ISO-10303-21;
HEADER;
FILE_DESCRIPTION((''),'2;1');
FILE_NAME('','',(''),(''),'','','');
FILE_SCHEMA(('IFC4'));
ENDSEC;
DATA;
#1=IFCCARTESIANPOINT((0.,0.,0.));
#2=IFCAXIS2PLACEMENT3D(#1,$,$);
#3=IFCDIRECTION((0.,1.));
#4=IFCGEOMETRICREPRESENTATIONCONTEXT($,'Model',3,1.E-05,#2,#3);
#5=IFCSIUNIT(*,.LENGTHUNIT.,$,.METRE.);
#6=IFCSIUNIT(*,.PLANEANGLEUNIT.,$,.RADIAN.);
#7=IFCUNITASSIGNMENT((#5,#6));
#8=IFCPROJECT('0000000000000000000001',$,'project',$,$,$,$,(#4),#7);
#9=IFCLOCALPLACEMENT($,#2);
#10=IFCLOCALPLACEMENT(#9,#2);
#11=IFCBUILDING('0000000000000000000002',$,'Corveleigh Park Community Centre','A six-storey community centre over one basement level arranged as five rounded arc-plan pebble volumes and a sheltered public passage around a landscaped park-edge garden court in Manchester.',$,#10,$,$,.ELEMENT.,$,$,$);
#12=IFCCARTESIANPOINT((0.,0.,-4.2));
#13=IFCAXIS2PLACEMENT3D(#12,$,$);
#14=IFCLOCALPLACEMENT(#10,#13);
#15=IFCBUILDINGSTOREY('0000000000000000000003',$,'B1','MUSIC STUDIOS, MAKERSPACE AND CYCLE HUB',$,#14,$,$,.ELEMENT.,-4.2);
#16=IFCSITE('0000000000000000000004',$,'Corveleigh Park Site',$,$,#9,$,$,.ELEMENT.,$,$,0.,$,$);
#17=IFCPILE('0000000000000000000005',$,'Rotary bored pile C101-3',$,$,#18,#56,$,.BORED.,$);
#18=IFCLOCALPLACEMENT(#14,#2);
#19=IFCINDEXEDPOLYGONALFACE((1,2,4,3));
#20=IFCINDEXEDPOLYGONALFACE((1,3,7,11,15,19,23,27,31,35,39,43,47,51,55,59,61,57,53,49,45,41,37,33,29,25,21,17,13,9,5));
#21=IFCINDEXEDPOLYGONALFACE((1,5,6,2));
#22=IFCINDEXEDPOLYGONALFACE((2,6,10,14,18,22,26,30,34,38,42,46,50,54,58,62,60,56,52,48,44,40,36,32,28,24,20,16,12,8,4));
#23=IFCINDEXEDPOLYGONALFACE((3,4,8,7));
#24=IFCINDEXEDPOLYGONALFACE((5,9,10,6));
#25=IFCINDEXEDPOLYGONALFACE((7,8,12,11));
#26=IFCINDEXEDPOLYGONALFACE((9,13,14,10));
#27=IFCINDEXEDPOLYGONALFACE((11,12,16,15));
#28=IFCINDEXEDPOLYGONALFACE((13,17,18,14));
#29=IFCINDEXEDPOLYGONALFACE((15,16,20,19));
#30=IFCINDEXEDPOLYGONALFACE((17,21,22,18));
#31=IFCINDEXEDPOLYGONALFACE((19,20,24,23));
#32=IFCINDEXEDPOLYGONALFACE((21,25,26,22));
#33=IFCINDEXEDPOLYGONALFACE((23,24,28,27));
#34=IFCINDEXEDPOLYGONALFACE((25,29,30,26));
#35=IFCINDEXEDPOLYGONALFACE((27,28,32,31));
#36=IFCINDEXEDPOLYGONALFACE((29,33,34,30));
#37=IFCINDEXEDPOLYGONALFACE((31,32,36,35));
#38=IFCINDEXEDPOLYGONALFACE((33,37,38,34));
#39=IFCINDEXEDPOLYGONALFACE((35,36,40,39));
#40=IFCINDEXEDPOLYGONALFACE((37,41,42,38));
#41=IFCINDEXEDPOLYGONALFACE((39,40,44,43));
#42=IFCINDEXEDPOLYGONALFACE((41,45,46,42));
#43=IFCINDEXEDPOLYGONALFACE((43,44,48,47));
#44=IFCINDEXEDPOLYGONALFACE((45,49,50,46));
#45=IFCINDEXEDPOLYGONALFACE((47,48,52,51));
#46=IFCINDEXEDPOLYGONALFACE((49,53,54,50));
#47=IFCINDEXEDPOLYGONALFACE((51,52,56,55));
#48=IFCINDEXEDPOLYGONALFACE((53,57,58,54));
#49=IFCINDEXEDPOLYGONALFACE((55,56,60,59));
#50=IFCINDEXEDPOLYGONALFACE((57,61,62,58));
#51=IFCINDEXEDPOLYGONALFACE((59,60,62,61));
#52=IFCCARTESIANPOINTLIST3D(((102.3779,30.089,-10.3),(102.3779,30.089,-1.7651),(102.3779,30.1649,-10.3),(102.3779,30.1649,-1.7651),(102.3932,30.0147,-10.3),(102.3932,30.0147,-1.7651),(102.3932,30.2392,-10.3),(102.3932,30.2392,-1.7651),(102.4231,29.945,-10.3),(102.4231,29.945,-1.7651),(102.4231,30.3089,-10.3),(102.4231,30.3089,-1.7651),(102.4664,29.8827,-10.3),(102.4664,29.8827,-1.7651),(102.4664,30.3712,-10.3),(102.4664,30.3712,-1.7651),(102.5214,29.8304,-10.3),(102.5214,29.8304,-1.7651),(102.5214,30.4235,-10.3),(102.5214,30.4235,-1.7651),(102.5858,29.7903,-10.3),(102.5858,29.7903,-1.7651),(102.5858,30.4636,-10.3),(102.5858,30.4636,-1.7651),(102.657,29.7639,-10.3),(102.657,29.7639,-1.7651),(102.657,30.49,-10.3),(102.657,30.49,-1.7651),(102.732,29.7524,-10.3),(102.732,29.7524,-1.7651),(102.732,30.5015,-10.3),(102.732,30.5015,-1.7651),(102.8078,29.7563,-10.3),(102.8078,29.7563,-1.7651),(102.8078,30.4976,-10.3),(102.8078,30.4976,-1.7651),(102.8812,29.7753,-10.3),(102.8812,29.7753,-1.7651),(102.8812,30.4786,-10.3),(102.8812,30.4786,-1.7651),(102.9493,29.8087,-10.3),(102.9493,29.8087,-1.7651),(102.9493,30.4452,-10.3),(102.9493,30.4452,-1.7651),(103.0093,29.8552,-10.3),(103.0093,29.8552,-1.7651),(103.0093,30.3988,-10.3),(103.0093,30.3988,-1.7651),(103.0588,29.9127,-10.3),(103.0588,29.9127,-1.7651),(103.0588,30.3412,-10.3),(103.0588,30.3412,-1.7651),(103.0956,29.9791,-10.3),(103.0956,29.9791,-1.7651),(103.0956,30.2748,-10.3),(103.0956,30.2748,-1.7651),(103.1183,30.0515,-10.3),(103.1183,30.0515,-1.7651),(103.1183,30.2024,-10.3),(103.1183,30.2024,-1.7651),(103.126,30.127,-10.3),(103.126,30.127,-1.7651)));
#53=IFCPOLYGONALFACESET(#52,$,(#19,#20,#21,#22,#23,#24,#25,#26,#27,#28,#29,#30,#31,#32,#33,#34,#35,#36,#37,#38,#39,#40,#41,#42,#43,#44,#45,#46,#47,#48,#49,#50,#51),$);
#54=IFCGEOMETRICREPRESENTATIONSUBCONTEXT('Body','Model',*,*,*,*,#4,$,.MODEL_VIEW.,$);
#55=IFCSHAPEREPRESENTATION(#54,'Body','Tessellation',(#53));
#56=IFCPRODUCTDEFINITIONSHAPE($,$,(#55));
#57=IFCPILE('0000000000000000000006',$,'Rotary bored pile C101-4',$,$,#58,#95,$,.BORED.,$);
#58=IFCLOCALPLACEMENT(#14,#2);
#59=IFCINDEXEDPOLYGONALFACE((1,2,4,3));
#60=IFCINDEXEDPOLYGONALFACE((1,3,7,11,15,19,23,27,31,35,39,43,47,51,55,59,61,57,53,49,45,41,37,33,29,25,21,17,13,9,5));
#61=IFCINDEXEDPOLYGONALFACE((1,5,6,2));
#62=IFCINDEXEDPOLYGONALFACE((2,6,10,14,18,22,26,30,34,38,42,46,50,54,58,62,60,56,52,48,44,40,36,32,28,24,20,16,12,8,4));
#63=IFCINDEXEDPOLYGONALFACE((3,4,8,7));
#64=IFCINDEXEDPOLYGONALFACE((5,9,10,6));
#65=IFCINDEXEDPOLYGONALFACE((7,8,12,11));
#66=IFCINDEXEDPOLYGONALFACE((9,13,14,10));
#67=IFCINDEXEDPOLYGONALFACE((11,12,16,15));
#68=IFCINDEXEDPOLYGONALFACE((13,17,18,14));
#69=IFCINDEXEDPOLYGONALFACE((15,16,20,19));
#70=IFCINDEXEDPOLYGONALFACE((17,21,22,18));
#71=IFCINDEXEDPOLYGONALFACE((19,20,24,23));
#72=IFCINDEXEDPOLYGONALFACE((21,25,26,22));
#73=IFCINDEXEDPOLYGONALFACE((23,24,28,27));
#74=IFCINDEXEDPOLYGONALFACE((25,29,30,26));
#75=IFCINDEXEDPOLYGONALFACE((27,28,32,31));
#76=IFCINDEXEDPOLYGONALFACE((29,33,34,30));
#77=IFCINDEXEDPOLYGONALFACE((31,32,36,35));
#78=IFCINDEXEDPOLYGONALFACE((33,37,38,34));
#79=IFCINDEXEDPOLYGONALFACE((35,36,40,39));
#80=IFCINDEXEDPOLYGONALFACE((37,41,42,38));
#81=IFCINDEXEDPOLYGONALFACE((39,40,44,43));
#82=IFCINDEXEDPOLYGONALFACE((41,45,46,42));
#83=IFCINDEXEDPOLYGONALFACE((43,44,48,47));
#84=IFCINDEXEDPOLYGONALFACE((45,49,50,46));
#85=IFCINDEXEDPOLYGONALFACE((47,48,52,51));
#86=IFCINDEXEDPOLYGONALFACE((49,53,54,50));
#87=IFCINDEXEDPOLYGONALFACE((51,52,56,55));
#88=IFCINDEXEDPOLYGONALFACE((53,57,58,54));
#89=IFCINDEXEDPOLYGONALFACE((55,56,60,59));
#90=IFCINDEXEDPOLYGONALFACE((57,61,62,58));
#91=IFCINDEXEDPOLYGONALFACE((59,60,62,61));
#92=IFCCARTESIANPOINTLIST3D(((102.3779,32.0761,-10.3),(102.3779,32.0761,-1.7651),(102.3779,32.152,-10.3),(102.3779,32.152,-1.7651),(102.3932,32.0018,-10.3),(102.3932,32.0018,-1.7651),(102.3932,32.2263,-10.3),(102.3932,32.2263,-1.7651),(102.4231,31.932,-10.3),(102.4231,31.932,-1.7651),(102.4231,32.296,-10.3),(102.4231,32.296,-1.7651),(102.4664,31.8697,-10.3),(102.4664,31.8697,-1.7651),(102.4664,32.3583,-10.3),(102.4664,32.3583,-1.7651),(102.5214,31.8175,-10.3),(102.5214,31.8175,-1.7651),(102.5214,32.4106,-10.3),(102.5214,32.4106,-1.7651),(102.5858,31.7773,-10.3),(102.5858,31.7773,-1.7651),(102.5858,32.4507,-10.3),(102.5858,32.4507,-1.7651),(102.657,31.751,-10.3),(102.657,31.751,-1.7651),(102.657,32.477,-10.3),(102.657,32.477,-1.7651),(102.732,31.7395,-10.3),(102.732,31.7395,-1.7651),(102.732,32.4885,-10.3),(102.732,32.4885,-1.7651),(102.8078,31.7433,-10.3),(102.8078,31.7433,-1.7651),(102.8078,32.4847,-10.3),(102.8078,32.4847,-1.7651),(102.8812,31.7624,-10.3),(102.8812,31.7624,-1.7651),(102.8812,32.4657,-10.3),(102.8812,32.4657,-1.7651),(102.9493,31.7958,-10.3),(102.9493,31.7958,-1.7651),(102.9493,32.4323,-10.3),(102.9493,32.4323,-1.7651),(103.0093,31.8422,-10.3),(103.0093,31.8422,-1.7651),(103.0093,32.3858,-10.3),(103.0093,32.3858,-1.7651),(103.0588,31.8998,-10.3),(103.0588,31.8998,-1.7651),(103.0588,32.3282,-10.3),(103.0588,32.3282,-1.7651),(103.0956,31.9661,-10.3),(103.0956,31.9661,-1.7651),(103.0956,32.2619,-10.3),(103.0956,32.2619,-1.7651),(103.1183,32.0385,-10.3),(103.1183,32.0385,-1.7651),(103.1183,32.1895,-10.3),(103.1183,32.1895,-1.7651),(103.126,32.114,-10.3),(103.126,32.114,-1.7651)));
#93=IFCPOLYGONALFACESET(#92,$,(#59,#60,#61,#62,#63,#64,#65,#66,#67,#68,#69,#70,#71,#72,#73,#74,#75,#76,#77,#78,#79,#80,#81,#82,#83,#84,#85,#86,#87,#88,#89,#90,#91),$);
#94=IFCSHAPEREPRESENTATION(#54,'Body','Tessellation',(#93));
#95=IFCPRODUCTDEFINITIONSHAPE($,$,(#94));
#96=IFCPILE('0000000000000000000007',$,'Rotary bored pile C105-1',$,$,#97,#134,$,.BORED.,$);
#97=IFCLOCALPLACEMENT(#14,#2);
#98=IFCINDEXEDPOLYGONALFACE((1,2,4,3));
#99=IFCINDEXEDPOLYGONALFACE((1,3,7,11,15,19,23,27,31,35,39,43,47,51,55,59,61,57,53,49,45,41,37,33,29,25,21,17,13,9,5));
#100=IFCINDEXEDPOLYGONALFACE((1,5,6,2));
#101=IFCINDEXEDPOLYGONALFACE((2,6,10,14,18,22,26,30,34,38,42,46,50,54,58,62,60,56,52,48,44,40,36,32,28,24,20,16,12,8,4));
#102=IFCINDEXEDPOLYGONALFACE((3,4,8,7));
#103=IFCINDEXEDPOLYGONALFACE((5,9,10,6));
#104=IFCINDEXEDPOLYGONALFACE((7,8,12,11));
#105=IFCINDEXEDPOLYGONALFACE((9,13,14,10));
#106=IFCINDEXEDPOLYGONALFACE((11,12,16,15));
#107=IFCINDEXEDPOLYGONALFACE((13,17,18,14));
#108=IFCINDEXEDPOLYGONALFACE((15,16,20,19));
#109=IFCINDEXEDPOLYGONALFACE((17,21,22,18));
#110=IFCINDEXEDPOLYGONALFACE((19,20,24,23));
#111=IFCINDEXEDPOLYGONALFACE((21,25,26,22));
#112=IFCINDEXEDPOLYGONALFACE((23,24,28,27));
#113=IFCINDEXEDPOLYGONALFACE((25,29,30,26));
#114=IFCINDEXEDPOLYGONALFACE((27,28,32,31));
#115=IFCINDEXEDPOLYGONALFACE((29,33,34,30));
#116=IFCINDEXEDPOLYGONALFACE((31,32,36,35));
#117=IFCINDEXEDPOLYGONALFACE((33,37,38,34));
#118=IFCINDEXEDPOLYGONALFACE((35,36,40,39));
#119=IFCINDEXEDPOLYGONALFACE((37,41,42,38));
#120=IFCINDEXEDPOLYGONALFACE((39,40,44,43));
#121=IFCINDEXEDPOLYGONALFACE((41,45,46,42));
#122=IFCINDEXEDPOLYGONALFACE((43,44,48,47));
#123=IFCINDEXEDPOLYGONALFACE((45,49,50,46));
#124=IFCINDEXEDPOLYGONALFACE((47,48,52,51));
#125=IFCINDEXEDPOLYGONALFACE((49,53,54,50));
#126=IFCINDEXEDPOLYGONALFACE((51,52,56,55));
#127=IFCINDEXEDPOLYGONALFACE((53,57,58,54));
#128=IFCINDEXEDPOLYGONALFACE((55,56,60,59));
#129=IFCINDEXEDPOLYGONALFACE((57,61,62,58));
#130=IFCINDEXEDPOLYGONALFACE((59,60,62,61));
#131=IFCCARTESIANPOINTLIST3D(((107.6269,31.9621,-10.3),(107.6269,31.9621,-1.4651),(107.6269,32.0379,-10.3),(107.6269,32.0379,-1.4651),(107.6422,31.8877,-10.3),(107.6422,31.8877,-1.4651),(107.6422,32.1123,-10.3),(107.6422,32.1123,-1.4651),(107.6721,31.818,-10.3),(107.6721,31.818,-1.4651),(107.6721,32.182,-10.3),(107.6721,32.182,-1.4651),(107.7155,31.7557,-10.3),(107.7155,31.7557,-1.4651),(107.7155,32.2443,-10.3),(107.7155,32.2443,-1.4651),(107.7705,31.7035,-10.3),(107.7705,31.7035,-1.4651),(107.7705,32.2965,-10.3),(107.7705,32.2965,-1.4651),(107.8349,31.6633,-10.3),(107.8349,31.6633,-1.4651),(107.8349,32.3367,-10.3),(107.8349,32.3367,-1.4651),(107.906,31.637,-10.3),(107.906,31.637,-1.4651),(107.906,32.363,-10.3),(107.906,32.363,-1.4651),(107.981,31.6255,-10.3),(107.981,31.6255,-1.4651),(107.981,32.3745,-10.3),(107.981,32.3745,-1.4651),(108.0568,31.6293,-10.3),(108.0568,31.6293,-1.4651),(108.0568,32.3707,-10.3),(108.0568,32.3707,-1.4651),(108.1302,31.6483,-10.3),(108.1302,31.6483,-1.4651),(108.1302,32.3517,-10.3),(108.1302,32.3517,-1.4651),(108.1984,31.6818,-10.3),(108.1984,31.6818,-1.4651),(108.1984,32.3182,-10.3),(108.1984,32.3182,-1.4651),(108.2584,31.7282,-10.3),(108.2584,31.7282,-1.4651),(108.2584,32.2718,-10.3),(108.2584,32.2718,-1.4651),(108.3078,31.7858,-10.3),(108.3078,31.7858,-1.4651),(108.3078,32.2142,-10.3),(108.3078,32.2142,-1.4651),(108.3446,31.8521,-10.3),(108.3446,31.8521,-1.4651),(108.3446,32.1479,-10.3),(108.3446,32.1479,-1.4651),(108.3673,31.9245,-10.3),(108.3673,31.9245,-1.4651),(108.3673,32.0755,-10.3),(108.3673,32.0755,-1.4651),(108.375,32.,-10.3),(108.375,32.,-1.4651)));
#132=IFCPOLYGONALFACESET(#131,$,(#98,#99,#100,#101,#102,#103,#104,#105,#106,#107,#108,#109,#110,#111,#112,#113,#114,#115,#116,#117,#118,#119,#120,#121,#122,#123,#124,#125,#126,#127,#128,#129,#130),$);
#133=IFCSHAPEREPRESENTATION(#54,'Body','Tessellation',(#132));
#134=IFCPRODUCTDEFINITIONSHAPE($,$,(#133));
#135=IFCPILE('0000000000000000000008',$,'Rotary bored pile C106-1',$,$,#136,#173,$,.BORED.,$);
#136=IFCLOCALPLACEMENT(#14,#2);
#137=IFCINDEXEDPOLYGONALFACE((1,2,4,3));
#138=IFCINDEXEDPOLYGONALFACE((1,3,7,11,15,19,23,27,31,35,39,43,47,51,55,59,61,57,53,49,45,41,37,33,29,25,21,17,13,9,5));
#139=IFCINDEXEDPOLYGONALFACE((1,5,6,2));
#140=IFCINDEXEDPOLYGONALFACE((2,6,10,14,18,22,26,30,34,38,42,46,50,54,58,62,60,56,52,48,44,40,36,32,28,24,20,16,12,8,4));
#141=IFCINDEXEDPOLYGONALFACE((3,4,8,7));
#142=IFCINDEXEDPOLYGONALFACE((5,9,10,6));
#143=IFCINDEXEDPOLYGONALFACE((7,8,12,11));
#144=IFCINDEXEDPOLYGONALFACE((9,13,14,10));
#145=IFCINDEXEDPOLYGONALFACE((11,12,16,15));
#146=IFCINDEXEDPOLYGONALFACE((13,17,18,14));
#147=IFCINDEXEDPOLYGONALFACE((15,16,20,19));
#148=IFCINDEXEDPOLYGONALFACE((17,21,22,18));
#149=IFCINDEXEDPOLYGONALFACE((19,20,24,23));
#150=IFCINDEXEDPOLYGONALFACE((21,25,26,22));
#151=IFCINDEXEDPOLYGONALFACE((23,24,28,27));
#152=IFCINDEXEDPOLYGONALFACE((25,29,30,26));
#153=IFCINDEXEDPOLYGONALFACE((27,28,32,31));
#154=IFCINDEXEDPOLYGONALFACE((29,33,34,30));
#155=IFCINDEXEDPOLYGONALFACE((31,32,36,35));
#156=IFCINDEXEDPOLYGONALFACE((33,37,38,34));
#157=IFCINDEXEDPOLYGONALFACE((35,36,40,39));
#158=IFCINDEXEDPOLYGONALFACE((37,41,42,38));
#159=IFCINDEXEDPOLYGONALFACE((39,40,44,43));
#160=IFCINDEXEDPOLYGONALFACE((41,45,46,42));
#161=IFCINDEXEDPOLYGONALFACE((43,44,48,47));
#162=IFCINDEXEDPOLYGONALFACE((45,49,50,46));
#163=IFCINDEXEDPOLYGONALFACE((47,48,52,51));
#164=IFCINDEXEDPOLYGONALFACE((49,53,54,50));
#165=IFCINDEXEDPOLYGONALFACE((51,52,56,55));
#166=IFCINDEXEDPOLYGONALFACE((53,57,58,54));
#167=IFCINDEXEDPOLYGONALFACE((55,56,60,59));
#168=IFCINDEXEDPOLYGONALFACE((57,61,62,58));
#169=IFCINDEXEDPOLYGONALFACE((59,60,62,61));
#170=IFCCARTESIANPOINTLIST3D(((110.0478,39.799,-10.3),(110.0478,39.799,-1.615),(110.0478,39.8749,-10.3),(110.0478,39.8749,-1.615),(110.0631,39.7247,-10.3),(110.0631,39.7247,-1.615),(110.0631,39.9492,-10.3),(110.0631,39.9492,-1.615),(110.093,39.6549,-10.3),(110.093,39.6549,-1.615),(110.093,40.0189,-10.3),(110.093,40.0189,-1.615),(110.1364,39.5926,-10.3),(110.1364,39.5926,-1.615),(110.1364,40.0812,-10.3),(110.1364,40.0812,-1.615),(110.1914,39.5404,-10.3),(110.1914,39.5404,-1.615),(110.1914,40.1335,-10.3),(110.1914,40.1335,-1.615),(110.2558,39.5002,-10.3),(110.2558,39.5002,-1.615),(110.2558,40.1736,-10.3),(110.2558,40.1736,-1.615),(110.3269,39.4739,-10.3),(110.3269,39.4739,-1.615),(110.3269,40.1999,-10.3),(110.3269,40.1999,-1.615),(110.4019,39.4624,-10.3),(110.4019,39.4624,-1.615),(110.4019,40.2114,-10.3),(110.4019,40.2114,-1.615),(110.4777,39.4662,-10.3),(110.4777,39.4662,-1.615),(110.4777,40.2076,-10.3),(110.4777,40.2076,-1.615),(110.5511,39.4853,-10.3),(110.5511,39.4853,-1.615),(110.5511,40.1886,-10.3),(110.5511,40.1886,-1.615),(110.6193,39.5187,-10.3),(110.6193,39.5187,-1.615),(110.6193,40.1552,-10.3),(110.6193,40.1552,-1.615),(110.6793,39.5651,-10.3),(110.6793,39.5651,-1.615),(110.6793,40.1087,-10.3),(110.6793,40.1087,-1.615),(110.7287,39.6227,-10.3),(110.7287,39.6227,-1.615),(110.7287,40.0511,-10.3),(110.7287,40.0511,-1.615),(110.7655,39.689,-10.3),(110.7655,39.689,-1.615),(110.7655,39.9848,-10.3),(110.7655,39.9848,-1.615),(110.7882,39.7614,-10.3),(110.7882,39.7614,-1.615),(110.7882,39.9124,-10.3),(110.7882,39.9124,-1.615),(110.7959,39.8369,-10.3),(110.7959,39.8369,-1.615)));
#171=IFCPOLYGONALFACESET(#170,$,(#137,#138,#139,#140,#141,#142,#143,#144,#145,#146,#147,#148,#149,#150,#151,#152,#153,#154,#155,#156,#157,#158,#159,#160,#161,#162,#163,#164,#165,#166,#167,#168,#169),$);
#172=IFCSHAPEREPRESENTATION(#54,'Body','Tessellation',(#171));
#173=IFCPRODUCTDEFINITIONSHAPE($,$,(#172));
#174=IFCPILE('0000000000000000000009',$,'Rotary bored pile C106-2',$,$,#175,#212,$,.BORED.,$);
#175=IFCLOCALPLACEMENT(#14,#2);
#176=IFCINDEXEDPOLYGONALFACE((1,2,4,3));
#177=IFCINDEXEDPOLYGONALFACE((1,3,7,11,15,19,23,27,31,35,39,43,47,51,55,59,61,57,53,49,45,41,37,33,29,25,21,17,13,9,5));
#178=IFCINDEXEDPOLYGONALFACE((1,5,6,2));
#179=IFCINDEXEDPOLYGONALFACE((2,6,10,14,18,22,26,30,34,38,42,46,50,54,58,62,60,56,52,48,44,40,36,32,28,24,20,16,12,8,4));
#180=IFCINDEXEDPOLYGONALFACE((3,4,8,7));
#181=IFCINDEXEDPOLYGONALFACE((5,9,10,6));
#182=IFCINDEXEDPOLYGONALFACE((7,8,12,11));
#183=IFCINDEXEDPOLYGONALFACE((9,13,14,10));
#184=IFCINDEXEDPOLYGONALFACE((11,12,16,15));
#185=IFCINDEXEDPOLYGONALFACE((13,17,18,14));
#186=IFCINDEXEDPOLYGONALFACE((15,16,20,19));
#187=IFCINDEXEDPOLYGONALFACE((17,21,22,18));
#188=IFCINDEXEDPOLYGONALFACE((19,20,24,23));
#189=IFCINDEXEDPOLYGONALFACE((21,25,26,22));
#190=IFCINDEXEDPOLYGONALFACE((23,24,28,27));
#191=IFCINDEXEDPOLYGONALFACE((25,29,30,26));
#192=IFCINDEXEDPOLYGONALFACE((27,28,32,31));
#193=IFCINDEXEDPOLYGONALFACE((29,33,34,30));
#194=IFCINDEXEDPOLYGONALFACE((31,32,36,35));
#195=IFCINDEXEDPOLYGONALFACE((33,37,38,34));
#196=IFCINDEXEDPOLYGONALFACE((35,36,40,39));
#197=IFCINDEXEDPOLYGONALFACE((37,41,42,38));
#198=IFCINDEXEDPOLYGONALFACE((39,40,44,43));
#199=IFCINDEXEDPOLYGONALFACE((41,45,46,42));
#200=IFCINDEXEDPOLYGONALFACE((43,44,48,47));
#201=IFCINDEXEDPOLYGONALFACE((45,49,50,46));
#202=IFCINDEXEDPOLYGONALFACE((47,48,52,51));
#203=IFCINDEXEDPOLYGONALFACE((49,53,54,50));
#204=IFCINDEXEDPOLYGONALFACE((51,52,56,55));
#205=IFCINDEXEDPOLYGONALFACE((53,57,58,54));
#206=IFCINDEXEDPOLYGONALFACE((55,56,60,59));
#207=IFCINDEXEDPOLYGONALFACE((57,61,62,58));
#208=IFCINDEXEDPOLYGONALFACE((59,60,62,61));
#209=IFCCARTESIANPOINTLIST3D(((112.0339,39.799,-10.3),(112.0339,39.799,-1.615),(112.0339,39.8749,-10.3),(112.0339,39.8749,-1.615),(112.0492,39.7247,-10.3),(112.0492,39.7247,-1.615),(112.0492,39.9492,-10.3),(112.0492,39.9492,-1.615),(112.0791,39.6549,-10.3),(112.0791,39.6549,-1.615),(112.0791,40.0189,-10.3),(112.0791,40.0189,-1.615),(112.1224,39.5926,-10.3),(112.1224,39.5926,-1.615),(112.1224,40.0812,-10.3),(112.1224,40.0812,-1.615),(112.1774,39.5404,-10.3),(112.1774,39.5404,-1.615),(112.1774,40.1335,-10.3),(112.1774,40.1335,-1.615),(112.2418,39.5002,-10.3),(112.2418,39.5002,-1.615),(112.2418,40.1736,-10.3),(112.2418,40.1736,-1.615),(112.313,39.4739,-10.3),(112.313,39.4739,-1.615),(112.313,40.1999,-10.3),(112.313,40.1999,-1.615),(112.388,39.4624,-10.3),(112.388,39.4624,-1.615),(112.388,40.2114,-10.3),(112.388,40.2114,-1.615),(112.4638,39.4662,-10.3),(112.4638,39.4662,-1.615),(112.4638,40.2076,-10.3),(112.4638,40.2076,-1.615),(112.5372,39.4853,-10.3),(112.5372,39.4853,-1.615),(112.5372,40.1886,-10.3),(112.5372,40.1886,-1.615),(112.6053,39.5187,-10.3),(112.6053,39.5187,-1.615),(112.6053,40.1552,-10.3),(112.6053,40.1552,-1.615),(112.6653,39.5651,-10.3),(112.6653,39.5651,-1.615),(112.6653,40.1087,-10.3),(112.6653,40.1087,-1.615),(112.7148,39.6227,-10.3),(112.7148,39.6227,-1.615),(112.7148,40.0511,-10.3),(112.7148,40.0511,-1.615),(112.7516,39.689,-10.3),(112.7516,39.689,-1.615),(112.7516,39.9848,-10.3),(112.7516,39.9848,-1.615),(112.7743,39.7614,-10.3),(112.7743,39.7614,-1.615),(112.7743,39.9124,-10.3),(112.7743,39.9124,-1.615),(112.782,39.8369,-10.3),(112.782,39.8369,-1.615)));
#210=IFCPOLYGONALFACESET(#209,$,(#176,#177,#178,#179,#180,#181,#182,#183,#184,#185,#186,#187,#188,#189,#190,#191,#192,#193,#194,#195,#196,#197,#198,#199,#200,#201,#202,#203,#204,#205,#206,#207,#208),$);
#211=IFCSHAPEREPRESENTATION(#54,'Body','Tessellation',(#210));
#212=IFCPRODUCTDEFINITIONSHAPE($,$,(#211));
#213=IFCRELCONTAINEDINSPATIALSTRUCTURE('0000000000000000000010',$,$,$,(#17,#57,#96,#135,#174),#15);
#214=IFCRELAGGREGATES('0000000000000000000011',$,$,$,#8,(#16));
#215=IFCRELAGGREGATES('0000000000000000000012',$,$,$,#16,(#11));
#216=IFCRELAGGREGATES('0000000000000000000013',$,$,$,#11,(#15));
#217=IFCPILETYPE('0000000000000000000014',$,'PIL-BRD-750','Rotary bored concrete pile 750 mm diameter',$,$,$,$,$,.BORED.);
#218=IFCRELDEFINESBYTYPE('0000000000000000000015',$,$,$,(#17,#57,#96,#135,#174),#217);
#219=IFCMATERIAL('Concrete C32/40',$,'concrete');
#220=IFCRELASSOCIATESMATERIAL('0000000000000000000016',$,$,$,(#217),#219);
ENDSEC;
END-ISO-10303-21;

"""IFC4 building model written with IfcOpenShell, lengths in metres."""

from ifc_helpers import new_model, si_unit, direction, frame, origin, origin_2d, place, context, subcontext, project, spatial, circle, extrude, material, material_profile, profile_set, type_object, element, save


model = new_model("IFC4")

# Units and contexts
model_context = context("Model", 3, precision=1e-05, world=origin(), true_north=direction((0.0, 1.0)))
body_context = subcontext(model_context, "Body", "Model", "MODEL_VIEW")
ifc_project = project(units=[si_unit("LENGTHUNIT", "METRE"), si_unit("PLANEANGLEUNIT", "RADIAN")], contexts=[model_context])

# Site, building, storey
site_placement = place(None, origin())
site = spatial("IfcSite", under=ifc_project, at=site_placement, Name="Corveleigh Park Site", CompositionType="ELEMENT", RefElevation=0.0)
building_placement = place(site_placement, origin())
building = spatial("IfcBuilding", under=site, at=building_placement, Name="Corveleigh Park Community Centre", Description="A six-storey community centre over one basement level arranged as five rounded arc-plan pebble volumes and a sheltered public passage around a landscaped park-edge garden court in Manchester.", CompositionType="ELEMENT")
storey_placement = place(building_placement, frame((0.0, 0.0, -4.2)))
storey = spatial("IfcBuildingStorey", under=building, at=storey_placement, Name="B1", Description="MUSIC STUDIOS, MAKERSPACE AND CYCLE HUB", CompositionType="ELEMENT", Elevation=-4.2)

# Piles
ifc_material_1 = material(Name="Concrete C32/40", Category="concrete")
ifc_material_profile_1 = material_profile(ifc_material_1, circle(Radius=0.375, at=origin_2d()), Name="BORED-PILE-750", Category="concrete")
ifc_profile_set_1 = profile_set([ifc_material_profile_1], Name="Concrete C32/40")
pile_type = type_object("IfcPileType", Name="PIL-BRD-750", Description="Rotary bored concrete pile 750 mm diameter", PredefinedType="BORED", material=ifc_profile_set_1)
for number, where, z_axis, x_axis, name in (
    (1, (102.751, 30.127, -1.7651), (0.0, 0.0, -1.0), (1.0, 0.0, 0.0), "Rotary bored pile C101-3"),
    (2, (102.751, 32.114, -1.7651), (0.0, 0.0, -1.0), (1.0, 0.0, 0.0), "Rotary bored pile C101-4"),
):
    element("IfcPile", number, at=place(storey_placement, frame(where, z_axis=z_axis, x_axis=x_axis)), inside=storey, type_object=pile_type, Name=name, PredefinedType="BORED", context=body_context, shape_type="SweptSolid", body=[
        extrude(circle(Radius=0.375, at=origin_2d()), origin(), (0.0, 0.0, 1.0), 8.5349),
    ])
pile_1_placement = place(storey_placement, frame((108.0, 32.0, -1.4651), z_axis=(0.0, 0.0, -1.0), x_axis=(1.0, 0.0, 0.0)))
element("IfcPile", 3, at=pile_1_placement, inside=storey, type_object=pile_type, Name="Rotary bored pile C105-1", PredefinedType="BORED", context=body_context, shape_type="SweptSolid", body=[
    extrude(circle(Radius=0.375, at=origin_2d()), origin(), (0.0, 0.0, 1.0), 8.835),
])
for number, where, z_axis, x_axis, name in (
    (4, (110.4209, 39.8369, -1.615), (0.0, 0.0, -1.0), (1.0, 0.0, 0.0), "Rotary bored pile C106-1"),
    (5, (112.407, 39.8369, -1.615), (0.0, 0.0, -1.0), (1.0, 0.0, 0.0), "Rotary bored pile C106-2"),
):
    element("IfcPile", number, at=place(storey_placement, frame(where, z_axis=z_axis, x_axis=x_axis)), inside=storey, type_object=pile_type, Name=name, PredefinedType="BORED", context=body_context, shape_type="SweptSolid", body=[
        extrude(circle(Radius=0.375, at=origin_2d()), origin(), (0.0, 0.0, 1.0), 8.6851),
    ])

save(model, "model.ifc")
